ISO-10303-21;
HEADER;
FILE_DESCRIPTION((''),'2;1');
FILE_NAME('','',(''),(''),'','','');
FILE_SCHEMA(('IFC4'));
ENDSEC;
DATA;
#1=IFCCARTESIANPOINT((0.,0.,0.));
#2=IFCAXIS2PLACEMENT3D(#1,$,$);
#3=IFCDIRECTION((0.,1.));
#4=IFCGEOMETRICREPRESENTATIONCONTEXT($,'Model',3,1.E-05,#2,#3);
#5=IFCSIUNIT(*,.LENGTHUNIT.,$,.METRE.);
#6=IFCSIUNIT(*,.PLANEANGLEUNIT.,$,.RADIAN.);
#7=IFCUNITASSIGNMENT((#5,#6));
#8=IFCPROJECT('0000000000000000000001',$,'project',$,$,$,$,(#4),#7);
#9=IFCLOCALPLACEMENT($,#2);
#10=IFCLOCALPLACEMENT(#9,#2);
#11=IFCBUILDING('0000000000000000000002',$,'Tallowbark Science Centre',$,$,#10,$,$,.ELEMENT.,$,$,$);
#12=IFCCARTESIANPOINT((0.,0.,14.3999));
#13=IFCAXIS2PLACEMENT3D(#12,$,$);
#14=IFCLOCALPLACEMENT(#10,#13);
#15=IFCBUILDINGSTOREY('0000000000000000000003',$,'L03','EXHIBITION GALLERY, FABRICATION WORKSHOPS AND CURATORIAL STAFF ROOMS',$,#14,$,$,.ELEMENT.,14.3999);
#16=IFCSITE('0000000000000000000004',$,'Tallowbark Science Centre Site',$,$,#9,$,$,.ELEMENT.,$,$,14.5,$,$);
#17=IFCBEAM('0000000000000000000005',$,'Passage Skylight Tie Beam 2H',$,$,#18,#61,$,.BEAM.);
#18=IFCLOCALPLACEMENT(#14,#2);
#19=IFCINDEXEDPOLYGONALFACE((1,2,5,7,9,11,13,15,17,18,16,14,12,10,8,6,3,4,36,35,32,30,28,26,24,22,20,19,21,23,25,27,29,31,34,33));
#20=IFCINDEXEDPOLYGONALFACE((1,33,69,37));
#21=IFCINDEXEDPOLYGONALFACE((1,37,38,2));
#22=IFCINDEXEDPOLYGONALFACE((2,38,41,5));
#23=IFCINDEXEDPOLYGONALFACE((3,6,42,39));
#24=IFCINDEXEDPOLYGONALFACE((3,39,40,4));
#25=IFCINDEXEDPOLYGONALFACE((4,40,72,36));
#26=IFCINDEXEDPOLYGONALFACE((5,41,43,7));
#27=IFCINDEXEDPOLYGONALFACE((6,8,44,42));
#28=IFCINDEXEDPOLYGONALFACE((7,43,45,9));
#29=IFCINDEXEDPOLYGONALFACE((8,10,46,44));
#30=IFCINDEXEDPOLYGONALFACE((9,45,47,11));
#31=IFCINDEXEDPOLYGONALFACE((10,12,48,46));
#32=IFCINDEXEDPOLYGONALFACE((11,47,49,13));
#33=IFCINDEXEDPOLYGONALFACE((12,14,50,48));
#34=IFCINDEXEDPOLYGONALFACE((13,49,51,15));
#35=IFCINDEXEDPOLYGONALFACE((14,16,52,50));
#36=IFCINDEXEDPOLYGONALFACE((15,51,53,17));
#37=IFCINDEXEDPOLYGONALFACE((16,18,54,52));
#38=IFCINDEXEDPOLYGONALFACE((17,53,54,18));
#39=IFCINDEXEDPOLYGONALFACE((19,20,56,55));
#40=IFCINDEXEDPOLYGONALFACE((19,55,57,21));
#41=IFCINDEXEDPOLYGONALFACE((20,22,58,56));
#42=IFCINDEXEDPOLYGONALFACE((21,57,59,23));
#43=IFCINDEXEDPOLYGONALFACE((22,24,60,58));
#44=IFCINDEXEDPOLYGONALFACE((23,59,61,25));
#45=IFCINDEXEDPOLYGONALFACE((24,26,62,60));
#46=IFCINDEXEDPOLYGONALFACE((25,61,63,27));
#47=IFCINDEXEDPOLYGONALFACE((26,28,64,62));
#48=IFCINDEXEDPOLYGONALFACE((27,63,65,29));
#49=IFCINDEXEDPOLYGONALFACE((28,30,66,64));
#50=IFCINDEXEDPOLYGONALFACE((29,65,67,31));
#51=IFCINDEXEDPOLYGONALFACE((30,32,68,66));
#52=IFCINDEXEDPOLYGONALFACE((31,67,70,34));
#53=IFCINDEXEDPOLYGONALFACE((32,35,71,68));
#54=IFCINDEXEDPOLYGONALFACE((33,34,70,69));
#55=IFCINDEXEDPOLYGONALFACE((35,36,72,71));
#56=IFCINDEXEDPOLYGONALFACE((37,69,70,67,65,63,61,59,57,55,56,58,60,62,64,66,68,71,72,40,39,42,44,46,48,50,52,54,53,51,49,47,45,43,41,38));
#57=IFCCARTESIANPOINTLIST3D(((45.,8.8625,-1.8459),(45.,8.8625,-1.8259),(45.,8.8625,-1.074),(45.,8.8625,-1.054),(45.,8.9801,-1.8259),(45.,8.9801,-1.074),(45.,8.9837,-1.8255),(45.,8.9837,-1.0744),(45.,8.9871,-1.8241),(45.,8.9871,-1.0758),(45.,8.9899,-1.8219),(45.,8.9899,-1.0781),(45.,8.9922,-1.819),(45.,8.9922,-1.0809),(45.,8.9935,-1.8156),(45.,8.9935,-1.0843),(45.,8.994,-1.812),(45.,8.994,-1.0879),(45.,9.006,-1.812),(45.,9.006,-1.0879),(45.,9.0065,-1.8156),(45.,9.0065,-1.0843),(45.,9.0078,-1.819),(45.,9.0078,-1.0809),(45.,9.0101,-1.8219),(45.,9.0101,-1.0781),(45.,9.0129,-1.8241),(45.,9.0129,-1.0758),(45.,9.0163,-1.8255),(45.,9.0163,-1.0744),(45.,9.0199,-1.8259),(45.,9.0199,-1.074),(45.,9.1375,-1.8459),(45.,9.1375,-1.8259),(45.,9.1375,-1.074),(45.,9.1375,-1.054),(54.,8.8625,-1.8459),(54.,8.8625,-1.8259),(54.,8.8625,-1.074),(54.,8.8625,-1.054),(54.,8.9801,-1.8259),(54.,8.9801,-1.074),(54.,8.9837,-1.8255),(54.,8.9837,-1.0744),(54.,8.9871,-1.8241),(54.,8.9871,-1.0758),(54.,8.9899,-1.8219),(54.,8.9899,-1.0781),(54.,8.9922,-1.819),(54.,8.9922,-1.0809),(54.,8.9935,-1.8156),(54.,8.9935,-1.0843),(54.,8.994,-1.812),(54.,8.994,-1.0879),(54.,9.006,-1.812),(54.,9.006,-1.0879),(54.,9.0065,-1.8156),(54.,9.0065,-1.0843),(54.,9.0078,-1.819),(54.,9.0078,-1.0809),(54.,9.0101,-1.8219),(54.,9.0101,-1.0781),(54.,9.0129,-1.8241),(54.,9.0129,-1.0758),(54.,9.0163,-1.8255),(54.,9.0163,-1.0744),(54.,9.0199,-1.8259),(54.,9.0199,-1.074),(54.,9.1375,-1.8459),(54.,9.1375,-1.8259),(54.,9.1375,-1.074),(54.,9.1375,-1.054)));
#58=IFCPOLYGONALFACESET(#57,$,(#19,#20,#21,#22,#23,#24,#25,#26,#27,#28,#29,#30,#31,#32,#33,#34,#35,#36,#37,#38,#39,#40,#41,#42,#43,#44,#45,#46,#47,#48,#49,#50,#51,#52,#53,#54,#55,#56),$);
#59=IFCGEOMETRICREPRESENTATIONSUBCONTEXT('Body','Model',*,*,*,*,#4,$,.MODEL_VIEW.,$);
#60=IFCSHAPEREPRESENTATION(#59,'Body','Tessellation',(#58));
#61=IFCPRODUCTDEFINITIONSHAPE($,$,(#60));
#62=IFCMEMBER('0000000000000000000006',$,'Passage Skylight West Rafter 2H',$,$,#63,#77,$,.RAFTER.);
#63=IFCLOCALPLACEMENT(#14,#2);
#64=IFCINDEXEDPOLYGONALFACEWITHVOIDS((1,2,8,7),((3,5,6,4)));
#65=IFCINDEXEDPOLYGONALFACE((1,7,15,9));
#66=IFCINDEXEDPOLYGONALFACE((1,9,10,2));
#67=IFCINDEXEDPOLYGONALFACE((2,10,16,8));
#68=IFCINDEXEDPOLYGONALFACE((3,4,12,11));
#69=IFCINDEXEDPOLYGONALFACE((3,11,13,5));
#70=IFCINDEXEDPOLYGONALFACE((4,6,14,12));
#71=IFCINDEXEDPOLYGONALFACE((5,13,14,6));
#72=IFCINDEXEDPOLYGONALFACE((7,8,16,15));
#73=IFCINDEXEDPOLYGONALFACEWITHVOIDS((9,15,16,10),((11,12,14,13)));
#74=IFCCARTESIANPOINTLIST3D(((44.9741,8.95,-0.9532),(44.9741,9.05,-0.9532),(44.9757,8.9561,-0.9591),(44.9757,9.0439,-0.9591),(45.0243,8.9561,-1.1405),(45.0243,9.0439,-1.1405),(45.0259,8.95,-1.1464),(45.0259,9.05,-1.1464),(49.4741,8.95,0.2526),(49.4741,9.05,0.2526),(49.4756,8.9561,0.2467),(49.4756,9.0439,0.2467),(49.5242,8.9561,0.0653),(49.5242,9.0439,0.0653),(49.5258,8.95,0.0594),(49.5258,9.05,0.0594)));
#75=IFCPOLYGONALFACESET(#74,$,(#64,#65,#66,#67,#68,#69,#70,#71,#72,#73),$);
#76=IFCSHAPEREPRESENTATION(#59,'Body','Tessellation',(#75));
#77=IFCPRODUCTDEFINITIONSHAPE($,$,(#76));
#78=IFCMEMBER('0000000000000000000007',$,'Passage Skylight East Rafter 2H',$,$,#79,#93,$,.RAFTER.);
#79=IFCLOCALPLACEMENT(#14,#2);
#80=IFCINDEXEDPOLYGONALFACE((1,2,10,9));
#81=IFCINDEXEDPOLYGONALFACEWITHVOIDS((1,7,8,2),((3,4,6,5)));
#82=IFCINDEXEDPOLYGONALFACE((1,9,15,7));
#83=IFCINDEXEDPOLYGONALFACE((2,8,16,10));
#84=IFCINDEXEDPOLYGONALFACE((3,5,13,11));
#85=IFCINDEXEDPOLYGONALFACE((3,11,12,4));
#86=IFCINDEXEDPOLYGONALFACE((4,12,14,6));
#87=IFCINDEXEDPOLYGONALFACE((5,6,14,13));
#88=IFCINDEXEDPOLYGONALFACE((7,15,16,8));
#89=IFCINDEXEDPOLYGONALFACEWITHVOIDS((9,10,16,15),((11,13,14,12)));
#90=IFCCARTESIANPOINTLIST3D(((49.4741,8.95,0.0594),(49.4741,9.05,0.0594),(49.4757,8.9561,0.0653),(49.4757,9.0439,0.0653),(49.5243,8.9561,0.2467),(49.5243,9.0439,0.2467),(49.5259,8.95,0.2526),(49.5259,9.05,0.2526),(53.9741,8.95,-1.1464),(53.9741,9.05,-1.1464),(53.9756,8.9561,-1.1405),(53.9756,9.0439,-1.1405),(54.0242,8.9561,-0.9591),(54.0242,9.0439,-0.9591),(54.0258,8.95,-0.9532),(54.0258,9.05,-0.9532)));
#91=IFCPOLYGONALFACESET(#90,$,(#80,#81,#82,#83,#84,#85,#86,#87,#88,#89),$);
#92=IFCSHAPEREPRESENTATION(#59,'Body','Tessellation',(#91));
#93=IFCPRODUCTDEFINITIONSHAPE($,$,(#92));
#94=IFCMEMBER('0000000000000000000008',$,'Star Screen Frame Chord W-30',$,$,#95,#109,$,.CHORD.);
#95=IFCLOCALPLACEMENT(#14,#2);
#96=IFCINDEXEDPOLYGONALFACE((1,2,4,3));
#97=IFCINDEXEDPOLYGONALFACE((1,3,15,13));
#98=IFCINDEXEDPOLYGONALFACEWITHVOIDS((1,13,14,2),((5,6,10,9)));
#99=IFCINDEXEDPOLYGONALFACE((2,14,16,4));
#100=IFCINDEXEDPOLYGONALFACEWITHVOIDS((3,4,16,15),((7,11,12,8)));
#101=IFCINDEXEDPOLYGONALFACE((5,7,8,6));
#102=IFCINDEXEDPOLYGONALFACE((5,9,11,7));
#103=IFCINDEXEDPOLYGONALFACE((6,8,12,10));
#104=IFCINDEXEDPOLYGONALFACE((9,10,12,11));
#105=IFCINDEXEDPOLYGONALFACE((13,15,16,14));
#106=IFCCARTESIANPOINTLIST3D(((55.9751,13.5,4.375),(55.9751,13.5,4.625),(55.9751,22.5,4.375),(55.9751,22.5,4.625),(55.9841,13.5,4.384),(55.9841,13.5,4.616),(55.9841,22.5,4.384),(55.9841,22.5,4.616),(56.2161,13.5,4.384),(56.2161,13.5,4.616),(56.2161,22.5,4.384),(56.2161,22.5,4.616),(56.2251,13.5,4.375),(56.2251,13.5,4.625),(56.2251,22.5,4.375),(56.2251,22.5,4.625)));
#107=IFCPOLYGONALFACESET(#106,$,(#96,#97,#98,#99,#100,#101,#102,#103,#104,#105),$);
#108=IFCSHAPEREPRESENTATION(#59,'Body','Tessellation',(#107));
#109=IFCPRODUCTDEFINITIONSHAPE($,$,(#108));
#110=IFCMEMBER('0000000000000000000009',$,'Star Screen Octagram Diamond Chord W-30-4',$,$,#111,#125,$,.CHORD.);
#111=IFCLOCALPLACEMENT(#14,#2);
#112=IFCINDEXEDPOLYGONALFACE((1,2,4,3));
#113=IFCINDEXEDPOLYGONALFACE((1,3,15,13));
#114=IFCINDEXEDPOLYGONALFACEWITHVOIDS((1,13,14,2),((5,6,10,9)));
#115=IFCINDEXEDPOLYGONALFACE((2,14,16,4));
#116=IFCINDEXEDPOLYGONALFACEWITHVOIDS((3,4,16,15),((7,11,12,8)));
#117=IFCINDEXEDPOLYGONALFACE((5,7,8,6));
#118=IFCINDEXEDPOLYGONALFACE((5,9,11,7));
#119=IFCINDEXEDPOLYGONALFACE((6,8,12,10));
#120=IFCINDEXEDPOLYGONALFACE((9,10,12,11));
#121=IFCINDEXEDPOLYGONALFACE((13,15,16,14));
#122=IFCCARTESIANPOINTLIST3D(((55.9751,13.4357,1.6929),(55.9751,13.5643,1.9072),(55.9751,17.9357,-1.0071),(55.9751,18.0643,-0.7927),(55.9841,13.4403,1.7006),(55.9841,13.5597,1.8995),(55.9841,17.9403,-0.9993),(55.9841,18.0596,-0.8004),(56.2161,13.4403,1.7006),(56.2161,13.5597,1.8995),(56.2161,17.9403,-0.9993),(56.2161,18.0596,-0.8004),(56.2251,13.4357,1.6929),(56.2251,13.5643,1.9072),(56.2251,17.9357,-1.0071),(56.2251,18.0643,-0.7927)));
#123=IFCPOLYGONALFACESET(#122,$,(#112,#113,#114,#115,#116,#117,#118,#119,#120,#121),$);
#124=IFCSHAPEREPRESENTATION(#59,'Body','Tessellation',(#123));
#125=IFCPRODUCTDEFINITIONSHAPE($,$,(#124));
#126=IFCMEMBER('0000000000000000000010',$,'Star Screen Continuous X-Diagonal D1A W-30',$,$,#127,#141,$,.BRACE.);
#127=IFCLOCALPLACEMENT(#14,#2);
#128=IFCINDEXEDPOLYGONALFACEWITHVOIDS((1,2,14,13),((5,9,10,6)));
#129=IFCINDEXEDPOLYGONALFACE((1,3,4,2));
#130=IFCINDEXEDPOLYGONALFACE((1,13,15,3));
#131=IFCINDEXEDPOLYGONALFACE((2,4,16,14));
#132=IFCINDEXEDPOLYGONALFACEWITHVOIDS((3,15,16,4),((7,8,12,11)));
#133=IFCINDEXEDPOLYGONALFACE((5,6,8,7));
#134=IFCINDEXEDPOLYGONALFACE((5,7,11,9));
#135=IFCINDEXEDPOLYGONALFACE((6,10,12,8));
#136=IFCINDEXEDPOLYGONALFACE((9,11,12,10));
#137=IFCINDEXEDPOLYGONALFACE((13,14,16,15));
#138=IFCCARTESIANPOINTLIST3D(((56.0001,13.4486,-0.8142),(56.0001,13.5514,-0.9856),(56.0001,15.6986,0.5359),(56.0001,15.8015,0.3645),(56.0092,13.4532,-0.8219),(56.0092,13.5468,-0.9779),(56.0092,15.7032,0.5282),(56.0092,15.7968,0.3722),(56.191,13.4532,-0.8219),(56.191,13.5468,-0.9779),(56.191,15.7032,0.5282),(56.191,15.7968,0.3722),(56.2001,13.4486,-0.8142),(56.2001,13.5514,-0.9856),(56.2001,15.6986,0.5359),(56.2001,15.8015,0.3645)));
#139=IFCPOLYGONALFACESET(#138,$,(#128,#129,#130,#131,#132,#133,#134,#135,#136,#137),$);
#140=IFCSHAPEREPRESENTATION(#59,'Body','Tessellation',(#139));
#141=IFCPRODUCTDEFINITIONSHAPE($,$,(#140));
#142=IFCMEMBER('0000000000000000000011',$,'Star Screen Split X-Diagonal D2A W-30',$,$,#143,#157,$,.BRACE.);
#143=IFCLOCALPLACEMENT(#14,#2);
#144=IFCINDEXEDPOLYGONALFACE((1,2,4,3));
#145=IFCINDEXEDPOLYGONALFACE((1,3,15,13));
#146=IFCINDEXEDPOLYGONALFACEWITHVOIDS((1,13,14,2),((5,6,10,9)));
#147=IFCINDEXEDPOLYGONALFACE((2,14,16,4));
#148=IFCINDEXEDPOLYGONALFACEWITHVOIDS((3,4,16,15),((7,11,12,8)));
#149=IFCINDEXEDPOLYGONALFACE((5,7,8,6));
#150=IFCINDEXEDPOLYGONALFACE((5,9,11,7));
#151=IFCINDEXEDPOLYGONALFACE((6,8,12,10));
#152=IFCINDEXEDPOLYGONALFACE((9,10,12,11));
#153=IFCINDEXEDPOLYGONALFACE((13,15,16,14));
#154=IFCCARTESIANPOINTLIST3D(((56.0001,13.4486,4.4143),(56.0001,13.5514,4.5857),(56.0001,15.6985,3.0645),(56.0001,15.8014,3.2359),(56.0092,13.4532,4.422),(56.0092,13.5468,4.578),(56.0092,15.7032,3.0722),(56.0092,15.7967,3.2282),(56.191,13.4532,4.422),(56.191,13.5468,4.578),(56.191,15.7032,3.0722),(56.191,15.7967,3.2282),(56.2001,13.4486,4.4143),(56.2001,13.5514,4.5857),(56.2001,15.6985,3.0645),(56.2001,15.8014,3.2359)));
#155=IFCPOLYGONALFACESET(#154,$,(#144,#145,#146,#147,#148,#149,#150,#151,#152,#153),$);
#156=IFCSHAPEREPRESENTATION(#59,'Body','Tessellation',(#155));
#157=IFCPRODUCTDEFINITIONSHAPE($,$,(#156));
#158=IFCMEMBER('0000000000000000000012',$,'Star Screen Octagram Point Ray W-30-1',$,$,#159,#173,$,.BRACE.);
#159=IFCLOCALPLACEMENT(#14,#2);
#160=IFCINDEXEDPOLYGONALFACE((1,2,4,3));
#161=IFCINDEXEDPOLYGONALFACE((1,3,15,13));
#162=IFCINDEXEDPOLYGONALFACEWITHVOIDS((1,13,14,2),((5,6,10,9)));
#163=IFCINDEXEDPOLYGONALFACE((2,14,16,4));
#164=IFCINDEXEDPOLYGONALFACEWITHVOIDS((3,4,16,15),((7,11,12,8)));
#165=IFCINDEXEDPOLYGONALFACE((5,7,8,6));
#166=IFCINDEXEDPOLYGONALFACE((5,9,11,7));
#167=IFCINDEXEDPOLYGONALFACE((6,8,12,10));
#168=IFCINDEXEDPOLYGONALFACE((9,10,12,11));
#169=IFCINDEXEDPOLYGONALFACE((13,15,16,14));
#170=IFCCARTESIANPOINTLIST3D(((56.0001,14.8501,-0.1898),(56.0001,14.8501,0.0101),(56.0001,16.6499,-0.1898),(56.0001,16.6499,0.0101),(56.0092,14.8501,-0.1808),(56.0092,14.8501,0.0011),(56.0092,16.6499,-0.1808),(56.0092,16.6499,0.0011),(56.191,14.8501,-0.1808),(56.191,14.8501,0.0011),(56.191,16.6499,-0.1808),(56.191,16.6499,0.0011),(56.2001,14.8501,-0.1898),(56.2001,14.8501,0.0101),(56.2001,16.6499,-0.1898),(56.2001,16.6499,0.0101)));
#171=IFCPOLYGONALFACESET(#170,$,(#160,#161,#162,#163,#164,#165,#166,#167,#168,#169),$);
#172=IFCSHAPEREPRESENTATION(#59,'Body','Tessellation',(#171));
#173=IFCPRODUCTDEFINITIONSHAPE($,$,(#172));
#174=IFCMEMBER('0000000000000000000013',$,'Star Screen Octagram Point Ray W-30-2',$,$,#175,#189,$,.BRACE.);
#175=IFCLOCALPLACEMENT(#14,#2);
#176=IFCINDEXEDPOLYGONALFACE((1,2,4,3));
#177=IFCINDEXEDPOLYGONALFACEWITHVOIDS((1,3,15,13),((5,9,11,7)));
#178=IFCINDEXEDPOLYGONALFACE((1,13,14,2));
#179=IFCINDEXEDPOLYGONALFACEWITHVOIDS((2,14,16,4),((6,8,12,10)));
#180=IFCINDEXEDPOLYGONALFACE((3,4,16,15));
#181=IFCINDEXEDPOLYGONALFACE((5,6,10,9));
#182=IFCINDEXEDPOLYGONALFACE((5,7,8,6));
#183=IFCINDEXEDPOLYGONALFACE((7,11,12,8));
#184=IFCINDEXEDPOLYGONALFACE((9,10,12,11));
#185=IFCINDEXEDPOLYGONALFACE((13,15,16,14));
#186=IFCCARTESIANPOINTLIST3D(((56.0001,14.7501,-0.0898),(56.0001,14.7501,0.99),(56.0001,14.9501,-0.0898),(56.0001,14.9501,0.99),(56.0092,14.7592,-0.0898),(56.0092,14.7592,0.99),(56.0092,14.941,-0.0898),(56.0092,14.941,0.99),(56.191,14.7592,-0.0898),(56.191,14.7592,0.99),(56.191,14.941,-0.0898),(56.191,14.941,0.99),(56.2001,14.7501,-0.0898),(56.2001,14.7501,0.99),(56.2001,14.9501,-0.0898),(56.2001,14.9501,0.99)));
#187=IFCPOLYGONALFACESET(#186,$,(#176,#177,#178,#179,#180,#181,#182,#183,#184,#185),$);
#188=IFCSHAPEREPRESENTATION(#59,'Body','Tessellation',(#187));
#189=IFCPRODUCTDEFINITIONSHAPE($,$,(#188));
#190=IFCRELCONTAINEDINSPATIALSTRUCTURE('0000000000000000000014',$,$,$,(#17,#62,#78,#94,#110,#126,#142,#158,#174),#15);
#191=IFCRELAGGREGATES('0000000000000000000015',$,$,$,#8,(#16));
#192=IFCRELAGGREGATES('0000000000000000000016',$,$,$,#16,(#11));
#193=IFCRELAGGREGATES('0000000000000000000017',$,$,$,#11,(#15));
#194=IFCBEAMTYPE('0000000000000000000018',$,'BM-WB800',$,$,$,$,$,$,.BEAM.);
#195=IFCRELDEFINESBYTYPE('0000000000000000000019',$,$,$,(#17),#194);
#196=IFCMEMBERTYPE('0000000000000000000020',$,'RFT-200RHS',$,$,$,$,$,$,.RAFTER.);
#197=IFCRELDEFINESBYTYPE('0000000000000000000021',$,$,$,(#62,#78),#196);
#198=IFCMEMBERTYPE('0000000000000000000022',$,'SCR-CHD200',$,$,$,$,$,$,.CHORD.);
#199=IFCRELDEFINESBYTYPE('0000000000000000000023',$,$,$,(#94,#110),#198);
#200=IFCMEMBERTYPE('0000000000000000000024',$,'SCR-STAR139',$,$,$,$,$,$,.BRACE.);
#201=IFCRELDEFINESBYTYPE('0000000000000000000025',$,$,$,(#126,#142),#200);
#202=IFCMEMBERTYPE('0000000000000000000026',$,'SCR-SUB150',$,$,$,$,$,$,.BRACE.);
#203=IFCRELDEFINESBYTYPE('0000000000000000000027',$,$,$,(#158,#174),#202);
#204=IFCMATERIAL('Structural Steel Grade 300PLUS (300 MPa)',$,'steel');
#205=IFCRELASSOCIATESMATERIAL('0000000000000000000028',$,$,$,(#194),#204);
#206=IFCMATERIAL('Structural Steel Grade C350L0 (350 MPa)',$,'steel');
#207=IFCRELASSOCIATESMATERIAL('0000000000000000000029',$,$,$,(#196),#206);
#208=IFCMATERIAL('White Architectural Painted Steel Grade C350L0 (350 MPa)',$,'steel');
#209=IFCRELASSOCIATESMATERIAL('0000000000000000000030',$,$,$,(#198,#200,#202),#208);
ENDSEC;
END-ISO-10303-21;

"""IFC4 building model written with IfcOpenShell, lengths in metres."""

from ifc_helpers import new_model, si_unit, direction, frame, origin, origin_2d, place, context, subcontext, project, spatial, hollow_rectangle, i_section, extrude, material, material_profile, profile_set, type_object, element, save


model = new_model("IFC4")

# Units and contexts
model_context = context("Model", 3, precision=1e-05, world=origin(), true_north=direction((0.0, 1.0)))
body_context = subcontext(model_context, "Body", "Model", "MODEL_VIEW")
ifc_project = project(units=[si_unit("LENGTHUNIT", "METRE"), si_unit("PLANEANGLEUNIT", "RADIAN")], contexts=[model_context])

# Site, building, storey
site_placement = place(None, origin())
site = spatial("IfcSite", under=ifc_project, at=site_placement, Name="Tallowbark Science Centre Site", CompositionType="ELEMENT", RefElevation=14.5)
building_placement = place(site_placement, origin())
building = spatial("IfcBuilding", under=site, at=building_placement, Name="Tallowbark Science Centre", CompositionType="ELEMENT")
storey_placement = place(building_placement, frame((0.0, 0.0, 14.3999)))
storey = spatial("IfcBuildingStorey", under=building, at=storey_placement, Name="L03", Description="EXHIBITION GALLERY, FABRICATION WORKSHOPS AND CURATORIAL STAFF ROOMS", CompositionType="ELEMENT", Elevation=14.3999)

# Shared definitions
ifc_material_1 = material(Name="White Architectural Painted Steel Grade C350L0 (350 MPa)", Category="steel")
ifc_material_2 = material(Name="Structural Steel Grade 300PLUS (300 MPa)", Category="steel")

# Beam
ifc_material_profile_1 = material_profile(ifc_material_2, i_section(OverallWidth=0.2749, OverallDepth=0.792, WebThickness=0.012, FlangeThickness=0.02, FilletRadius=0.0139, at=origin_2d()), Name="800WB146")
ifc_profile_set_1 = profile_set([ifc_material_profile_1], Name="Structural Steel Grade 300PLUS (300 MPa)")
beam_type_1 = type_object("IfcBeamType", Name="BM-WB800", PredefinedType="BEAM", material=ifc_profile_set_1)
beam_1_placement = place(storey_placement, frame((45.0, 9.0, -1.45), z_axis=(1.0, 0.0, 0.0), x_axis=(0.0, 1.0, 0.0)))
element("IfcBeam", 1, at=beam_1_placement, inside=storey, type_object=beam_type_1, Name="Passage Skylight Tie Beam 2H", PredefinedType="BEAM", context=body_context, shape_type="SweptSolid", body=[
    extrude(i_section(OverallWidth=0.2749, OverallDepth=0.792, WebThickness=0.012, FlangeThickness=0.02, FilletRadius=0.0139, at=origin_2d()), origin(), (0.0, 0.0, 1.0), 9.0),
])

# Members
ifc_material_3 = material(Name="Structural Steel Grade C350L0 (350 MPa)", Category="steel")
ifc_material_profile_2 = material_profile(ifc_material_3, hollow_rectangle(XDim=0.1001, YDim=0.2, WallThickness=0.0061, at=origin_2d()), Name="200x100x6.0RHS")
ifc_profile_set_2 = profile_set([ifc_material_profile_2], Name="Structural Steel Grade C350L0 (350 MPa)")
member_type_1 = type_object("IfcMemberType", Name="RFT-200RHS", PredefinedType="RAFTER", material=ifc_profile_set_2)
for number, where, z_axis, x_axis, name in (
    (2, (45.0, 9.0, -1.0498), (0.965924, 0.0, 0.258827), (0.0, 1.0, 0.0), "Passage Skylight West Rafter 2H"),
    (3, (49.5, 9.0, 0.156), (0.965924, 0.0, -0.258827), (0.0, 1.0, 0.0), "Passage Skylight East Rafter 2H"),
):
    element("IfcMember", number, at=place(storey_placement, frame(where, z_axis=z_axis, x_axis=x_axis)), inside=storey, type_object=member_type_1, Name=name, PredefinedType="RAFTER", context=body_context, shape_type="SweptSolid", body=[
        extrude(hollow_rectangle(XDim=0.1001, YDim=0.2, WallThickness=0.0061, at=origin_2d()), origin(), (0.0, 0.0, 1.0), 4.6587),
    ])
ifc_material_profile_3 = material_profile(ifc_material_1, hollow_rectangle(XDim=0.25, YDim=0.25, WallThickness=0.009, at=origin_2d()), Name="250x250x9.0SHS")
ifc_profile_set_3 = profile_set([ifc_material_profile_3], Name="White Architectural Painted Steel Grade C350L0 (350 MPa)")
member_type_2 = type_object("IfcMemberType", Name="SCR-CHD200", PredefinedType="CHORD", material=ifc_profile_set_3)
member_1_placement = place(storey_placement, frame((56.1001, 13.5, 4.5), z_axis=(0.0, 1.0, 0.0), x_axis=(-1.0, 0.0, 0.0)))
element("IfcMember", 4, at=member_1_placement, inside=storey, type_object=member_type_2, Name="Star Screen Frame Chord W-30", PredefinedType="CHORD", context=body_context, shape_type="SweptSolid", body=[
    extrude(hollow_rectangle(XDim=0.25, YDim=0.25, WallThickness=0.009, at=origin_2d()), origin(), (0.0, 0.0, 1.0), 9.0),
])
member_2_placement = place(storey_placement, frame((56.1001, 13.5, 1.8), z_axis=(0.0, 0.857497, -0.514489), x_axis=(-1.0, 0.0, 0.0)))
element("IfcMember", 5, at=member_2_placement, inside=storey, type_object=member_type_2, Name="Star Screen Octagram Diamond Chord W-30-4", PredefinedType="CHORD", context=body_context, shape_type="SweptSolid", body=[
    extrude(hollow_rectangle(XDim=0.25, YDim=0.25, WallThickness=0.009, at=origin_2d()), origin(), (0.0, 0.0, 1.0), 5.2478),
])
ifc_material_profile_4 = material_profile(ifc_material_1, hollow_rectangle(XDim=0.2, YDim=0.2, WallThickness=0.009, at=origin_2d()), Name="200x200x9.0SHS")
ifc_profile_set_4 = profile_set([ifc_material_profile_4], Name="White Architectural Painted Steel Grade C350L0 (350 MPa)")
member_type_3 = type_object("IfcMemberType", Name="SCR-STAR139", PredefinedType="BRACE", material=ifc_profile_set_4)
member_3_placement = place(storey_placement, frame((56.1001, 13.5, -0.8999), z_axis=(0.0, 0.857477, 0.514523), x_axis=(-1.0, 0.0, 0.0)))
element("IfcMember", 6, at=member_3_placement, inside=storey, type_object=member_type_3, Name="Star Screen Continuous X-Diagonal D1A W-30", PredefinedType="BRACE", context=body_context, shape_type="SweptSolid", body=[
    extrude(hollow_rectangle(XDim=0.2, YDim=0.2, WallThickness=0.009, at=origin_2d()), origin(), (0.0, 0.0, 1.0), 2.624),
])
member_4_placement = place(storey_placement, frame((56.1001, 13.5, 4.5), z_axis=(0.0, 0.857518, -0.514455), x_axis=(-1.0, 0.0, 0.0)))
element("IfcMember", 7, at=member_4_placement, inside=storey, type_object=member_type_3, Name="Star Screen Split X-Diagonal D2A W-30", PredefinedType="BRACE", context=body_context, shape_type="SweptSolid", body=[
    extrude(hollow_rectangle(XDim=0.2, YDim=0.2, WallThickness=0.009, at=origin_2d()), origin(), (0.0, 0.0, 1.0), 2.6238),
])
ifc_material_profile_5 = material_profile(ifc_material_1, hollow_rectangle(XDim=0.2, YDim=0.2, WallThickness=0.009, at=origin_2d()), Name="200x200x9.0SHS")
ifc_profile_set_5 = profile_set([ifc_material_profile_5], Name="White Architectural Painted Steel Grade C350L0 (350 MPa)")
member_type_4 = type_object("IfcMemberType", Name="SCR-SUB150", PredefinedType="BRACE", material=ifc_profile_set_5)
member_5_placement = place(storey_placement, frame((56.1001, 14.8501, -0.0898), z_axis=(0.0, 1.0, 0.0), x_axis=(-1.0, 0.0, 0.0)))
element("IfcMember", 8, at=member_5_placement, inside=storey, type_object=member_type_4, Name="Star Screen Octagram Point Ray W-30-1", PredefinedType="BRACE", context=body_context, shape_type="SweptSolid", body=[
    extrude(hollow_rectangle(XDim=0.2, YDim=0.2, WallThickness=0.009, at=origin_2d()), origin(), (0.0, 0.0, 1.0), 1.7998),
])
member_6_placement = place(storey_placement, frame((56.1001, 14.8501, -0.0898), z_axis=(0.0, 0.0, 1.0), x_axis=(1.0, 0.0, 0.0)))
element("IfcMember", 9, at=member_6_placement, inside=storey, type_object=member_type_4, Name="Star Screen Octagram Point Ray W-30-2", PredefinedType="BRACE", context=body_context, shape_type="SweptSolid", body=[
    extrude(hollow_rectangle(XDim=0.2, YDim=0.2, WallThickness=0.009, at=origin_2d()), origin(), (0.0, 0.0, 1.0), 1.0798),
])

save(model, "model.ifc")
